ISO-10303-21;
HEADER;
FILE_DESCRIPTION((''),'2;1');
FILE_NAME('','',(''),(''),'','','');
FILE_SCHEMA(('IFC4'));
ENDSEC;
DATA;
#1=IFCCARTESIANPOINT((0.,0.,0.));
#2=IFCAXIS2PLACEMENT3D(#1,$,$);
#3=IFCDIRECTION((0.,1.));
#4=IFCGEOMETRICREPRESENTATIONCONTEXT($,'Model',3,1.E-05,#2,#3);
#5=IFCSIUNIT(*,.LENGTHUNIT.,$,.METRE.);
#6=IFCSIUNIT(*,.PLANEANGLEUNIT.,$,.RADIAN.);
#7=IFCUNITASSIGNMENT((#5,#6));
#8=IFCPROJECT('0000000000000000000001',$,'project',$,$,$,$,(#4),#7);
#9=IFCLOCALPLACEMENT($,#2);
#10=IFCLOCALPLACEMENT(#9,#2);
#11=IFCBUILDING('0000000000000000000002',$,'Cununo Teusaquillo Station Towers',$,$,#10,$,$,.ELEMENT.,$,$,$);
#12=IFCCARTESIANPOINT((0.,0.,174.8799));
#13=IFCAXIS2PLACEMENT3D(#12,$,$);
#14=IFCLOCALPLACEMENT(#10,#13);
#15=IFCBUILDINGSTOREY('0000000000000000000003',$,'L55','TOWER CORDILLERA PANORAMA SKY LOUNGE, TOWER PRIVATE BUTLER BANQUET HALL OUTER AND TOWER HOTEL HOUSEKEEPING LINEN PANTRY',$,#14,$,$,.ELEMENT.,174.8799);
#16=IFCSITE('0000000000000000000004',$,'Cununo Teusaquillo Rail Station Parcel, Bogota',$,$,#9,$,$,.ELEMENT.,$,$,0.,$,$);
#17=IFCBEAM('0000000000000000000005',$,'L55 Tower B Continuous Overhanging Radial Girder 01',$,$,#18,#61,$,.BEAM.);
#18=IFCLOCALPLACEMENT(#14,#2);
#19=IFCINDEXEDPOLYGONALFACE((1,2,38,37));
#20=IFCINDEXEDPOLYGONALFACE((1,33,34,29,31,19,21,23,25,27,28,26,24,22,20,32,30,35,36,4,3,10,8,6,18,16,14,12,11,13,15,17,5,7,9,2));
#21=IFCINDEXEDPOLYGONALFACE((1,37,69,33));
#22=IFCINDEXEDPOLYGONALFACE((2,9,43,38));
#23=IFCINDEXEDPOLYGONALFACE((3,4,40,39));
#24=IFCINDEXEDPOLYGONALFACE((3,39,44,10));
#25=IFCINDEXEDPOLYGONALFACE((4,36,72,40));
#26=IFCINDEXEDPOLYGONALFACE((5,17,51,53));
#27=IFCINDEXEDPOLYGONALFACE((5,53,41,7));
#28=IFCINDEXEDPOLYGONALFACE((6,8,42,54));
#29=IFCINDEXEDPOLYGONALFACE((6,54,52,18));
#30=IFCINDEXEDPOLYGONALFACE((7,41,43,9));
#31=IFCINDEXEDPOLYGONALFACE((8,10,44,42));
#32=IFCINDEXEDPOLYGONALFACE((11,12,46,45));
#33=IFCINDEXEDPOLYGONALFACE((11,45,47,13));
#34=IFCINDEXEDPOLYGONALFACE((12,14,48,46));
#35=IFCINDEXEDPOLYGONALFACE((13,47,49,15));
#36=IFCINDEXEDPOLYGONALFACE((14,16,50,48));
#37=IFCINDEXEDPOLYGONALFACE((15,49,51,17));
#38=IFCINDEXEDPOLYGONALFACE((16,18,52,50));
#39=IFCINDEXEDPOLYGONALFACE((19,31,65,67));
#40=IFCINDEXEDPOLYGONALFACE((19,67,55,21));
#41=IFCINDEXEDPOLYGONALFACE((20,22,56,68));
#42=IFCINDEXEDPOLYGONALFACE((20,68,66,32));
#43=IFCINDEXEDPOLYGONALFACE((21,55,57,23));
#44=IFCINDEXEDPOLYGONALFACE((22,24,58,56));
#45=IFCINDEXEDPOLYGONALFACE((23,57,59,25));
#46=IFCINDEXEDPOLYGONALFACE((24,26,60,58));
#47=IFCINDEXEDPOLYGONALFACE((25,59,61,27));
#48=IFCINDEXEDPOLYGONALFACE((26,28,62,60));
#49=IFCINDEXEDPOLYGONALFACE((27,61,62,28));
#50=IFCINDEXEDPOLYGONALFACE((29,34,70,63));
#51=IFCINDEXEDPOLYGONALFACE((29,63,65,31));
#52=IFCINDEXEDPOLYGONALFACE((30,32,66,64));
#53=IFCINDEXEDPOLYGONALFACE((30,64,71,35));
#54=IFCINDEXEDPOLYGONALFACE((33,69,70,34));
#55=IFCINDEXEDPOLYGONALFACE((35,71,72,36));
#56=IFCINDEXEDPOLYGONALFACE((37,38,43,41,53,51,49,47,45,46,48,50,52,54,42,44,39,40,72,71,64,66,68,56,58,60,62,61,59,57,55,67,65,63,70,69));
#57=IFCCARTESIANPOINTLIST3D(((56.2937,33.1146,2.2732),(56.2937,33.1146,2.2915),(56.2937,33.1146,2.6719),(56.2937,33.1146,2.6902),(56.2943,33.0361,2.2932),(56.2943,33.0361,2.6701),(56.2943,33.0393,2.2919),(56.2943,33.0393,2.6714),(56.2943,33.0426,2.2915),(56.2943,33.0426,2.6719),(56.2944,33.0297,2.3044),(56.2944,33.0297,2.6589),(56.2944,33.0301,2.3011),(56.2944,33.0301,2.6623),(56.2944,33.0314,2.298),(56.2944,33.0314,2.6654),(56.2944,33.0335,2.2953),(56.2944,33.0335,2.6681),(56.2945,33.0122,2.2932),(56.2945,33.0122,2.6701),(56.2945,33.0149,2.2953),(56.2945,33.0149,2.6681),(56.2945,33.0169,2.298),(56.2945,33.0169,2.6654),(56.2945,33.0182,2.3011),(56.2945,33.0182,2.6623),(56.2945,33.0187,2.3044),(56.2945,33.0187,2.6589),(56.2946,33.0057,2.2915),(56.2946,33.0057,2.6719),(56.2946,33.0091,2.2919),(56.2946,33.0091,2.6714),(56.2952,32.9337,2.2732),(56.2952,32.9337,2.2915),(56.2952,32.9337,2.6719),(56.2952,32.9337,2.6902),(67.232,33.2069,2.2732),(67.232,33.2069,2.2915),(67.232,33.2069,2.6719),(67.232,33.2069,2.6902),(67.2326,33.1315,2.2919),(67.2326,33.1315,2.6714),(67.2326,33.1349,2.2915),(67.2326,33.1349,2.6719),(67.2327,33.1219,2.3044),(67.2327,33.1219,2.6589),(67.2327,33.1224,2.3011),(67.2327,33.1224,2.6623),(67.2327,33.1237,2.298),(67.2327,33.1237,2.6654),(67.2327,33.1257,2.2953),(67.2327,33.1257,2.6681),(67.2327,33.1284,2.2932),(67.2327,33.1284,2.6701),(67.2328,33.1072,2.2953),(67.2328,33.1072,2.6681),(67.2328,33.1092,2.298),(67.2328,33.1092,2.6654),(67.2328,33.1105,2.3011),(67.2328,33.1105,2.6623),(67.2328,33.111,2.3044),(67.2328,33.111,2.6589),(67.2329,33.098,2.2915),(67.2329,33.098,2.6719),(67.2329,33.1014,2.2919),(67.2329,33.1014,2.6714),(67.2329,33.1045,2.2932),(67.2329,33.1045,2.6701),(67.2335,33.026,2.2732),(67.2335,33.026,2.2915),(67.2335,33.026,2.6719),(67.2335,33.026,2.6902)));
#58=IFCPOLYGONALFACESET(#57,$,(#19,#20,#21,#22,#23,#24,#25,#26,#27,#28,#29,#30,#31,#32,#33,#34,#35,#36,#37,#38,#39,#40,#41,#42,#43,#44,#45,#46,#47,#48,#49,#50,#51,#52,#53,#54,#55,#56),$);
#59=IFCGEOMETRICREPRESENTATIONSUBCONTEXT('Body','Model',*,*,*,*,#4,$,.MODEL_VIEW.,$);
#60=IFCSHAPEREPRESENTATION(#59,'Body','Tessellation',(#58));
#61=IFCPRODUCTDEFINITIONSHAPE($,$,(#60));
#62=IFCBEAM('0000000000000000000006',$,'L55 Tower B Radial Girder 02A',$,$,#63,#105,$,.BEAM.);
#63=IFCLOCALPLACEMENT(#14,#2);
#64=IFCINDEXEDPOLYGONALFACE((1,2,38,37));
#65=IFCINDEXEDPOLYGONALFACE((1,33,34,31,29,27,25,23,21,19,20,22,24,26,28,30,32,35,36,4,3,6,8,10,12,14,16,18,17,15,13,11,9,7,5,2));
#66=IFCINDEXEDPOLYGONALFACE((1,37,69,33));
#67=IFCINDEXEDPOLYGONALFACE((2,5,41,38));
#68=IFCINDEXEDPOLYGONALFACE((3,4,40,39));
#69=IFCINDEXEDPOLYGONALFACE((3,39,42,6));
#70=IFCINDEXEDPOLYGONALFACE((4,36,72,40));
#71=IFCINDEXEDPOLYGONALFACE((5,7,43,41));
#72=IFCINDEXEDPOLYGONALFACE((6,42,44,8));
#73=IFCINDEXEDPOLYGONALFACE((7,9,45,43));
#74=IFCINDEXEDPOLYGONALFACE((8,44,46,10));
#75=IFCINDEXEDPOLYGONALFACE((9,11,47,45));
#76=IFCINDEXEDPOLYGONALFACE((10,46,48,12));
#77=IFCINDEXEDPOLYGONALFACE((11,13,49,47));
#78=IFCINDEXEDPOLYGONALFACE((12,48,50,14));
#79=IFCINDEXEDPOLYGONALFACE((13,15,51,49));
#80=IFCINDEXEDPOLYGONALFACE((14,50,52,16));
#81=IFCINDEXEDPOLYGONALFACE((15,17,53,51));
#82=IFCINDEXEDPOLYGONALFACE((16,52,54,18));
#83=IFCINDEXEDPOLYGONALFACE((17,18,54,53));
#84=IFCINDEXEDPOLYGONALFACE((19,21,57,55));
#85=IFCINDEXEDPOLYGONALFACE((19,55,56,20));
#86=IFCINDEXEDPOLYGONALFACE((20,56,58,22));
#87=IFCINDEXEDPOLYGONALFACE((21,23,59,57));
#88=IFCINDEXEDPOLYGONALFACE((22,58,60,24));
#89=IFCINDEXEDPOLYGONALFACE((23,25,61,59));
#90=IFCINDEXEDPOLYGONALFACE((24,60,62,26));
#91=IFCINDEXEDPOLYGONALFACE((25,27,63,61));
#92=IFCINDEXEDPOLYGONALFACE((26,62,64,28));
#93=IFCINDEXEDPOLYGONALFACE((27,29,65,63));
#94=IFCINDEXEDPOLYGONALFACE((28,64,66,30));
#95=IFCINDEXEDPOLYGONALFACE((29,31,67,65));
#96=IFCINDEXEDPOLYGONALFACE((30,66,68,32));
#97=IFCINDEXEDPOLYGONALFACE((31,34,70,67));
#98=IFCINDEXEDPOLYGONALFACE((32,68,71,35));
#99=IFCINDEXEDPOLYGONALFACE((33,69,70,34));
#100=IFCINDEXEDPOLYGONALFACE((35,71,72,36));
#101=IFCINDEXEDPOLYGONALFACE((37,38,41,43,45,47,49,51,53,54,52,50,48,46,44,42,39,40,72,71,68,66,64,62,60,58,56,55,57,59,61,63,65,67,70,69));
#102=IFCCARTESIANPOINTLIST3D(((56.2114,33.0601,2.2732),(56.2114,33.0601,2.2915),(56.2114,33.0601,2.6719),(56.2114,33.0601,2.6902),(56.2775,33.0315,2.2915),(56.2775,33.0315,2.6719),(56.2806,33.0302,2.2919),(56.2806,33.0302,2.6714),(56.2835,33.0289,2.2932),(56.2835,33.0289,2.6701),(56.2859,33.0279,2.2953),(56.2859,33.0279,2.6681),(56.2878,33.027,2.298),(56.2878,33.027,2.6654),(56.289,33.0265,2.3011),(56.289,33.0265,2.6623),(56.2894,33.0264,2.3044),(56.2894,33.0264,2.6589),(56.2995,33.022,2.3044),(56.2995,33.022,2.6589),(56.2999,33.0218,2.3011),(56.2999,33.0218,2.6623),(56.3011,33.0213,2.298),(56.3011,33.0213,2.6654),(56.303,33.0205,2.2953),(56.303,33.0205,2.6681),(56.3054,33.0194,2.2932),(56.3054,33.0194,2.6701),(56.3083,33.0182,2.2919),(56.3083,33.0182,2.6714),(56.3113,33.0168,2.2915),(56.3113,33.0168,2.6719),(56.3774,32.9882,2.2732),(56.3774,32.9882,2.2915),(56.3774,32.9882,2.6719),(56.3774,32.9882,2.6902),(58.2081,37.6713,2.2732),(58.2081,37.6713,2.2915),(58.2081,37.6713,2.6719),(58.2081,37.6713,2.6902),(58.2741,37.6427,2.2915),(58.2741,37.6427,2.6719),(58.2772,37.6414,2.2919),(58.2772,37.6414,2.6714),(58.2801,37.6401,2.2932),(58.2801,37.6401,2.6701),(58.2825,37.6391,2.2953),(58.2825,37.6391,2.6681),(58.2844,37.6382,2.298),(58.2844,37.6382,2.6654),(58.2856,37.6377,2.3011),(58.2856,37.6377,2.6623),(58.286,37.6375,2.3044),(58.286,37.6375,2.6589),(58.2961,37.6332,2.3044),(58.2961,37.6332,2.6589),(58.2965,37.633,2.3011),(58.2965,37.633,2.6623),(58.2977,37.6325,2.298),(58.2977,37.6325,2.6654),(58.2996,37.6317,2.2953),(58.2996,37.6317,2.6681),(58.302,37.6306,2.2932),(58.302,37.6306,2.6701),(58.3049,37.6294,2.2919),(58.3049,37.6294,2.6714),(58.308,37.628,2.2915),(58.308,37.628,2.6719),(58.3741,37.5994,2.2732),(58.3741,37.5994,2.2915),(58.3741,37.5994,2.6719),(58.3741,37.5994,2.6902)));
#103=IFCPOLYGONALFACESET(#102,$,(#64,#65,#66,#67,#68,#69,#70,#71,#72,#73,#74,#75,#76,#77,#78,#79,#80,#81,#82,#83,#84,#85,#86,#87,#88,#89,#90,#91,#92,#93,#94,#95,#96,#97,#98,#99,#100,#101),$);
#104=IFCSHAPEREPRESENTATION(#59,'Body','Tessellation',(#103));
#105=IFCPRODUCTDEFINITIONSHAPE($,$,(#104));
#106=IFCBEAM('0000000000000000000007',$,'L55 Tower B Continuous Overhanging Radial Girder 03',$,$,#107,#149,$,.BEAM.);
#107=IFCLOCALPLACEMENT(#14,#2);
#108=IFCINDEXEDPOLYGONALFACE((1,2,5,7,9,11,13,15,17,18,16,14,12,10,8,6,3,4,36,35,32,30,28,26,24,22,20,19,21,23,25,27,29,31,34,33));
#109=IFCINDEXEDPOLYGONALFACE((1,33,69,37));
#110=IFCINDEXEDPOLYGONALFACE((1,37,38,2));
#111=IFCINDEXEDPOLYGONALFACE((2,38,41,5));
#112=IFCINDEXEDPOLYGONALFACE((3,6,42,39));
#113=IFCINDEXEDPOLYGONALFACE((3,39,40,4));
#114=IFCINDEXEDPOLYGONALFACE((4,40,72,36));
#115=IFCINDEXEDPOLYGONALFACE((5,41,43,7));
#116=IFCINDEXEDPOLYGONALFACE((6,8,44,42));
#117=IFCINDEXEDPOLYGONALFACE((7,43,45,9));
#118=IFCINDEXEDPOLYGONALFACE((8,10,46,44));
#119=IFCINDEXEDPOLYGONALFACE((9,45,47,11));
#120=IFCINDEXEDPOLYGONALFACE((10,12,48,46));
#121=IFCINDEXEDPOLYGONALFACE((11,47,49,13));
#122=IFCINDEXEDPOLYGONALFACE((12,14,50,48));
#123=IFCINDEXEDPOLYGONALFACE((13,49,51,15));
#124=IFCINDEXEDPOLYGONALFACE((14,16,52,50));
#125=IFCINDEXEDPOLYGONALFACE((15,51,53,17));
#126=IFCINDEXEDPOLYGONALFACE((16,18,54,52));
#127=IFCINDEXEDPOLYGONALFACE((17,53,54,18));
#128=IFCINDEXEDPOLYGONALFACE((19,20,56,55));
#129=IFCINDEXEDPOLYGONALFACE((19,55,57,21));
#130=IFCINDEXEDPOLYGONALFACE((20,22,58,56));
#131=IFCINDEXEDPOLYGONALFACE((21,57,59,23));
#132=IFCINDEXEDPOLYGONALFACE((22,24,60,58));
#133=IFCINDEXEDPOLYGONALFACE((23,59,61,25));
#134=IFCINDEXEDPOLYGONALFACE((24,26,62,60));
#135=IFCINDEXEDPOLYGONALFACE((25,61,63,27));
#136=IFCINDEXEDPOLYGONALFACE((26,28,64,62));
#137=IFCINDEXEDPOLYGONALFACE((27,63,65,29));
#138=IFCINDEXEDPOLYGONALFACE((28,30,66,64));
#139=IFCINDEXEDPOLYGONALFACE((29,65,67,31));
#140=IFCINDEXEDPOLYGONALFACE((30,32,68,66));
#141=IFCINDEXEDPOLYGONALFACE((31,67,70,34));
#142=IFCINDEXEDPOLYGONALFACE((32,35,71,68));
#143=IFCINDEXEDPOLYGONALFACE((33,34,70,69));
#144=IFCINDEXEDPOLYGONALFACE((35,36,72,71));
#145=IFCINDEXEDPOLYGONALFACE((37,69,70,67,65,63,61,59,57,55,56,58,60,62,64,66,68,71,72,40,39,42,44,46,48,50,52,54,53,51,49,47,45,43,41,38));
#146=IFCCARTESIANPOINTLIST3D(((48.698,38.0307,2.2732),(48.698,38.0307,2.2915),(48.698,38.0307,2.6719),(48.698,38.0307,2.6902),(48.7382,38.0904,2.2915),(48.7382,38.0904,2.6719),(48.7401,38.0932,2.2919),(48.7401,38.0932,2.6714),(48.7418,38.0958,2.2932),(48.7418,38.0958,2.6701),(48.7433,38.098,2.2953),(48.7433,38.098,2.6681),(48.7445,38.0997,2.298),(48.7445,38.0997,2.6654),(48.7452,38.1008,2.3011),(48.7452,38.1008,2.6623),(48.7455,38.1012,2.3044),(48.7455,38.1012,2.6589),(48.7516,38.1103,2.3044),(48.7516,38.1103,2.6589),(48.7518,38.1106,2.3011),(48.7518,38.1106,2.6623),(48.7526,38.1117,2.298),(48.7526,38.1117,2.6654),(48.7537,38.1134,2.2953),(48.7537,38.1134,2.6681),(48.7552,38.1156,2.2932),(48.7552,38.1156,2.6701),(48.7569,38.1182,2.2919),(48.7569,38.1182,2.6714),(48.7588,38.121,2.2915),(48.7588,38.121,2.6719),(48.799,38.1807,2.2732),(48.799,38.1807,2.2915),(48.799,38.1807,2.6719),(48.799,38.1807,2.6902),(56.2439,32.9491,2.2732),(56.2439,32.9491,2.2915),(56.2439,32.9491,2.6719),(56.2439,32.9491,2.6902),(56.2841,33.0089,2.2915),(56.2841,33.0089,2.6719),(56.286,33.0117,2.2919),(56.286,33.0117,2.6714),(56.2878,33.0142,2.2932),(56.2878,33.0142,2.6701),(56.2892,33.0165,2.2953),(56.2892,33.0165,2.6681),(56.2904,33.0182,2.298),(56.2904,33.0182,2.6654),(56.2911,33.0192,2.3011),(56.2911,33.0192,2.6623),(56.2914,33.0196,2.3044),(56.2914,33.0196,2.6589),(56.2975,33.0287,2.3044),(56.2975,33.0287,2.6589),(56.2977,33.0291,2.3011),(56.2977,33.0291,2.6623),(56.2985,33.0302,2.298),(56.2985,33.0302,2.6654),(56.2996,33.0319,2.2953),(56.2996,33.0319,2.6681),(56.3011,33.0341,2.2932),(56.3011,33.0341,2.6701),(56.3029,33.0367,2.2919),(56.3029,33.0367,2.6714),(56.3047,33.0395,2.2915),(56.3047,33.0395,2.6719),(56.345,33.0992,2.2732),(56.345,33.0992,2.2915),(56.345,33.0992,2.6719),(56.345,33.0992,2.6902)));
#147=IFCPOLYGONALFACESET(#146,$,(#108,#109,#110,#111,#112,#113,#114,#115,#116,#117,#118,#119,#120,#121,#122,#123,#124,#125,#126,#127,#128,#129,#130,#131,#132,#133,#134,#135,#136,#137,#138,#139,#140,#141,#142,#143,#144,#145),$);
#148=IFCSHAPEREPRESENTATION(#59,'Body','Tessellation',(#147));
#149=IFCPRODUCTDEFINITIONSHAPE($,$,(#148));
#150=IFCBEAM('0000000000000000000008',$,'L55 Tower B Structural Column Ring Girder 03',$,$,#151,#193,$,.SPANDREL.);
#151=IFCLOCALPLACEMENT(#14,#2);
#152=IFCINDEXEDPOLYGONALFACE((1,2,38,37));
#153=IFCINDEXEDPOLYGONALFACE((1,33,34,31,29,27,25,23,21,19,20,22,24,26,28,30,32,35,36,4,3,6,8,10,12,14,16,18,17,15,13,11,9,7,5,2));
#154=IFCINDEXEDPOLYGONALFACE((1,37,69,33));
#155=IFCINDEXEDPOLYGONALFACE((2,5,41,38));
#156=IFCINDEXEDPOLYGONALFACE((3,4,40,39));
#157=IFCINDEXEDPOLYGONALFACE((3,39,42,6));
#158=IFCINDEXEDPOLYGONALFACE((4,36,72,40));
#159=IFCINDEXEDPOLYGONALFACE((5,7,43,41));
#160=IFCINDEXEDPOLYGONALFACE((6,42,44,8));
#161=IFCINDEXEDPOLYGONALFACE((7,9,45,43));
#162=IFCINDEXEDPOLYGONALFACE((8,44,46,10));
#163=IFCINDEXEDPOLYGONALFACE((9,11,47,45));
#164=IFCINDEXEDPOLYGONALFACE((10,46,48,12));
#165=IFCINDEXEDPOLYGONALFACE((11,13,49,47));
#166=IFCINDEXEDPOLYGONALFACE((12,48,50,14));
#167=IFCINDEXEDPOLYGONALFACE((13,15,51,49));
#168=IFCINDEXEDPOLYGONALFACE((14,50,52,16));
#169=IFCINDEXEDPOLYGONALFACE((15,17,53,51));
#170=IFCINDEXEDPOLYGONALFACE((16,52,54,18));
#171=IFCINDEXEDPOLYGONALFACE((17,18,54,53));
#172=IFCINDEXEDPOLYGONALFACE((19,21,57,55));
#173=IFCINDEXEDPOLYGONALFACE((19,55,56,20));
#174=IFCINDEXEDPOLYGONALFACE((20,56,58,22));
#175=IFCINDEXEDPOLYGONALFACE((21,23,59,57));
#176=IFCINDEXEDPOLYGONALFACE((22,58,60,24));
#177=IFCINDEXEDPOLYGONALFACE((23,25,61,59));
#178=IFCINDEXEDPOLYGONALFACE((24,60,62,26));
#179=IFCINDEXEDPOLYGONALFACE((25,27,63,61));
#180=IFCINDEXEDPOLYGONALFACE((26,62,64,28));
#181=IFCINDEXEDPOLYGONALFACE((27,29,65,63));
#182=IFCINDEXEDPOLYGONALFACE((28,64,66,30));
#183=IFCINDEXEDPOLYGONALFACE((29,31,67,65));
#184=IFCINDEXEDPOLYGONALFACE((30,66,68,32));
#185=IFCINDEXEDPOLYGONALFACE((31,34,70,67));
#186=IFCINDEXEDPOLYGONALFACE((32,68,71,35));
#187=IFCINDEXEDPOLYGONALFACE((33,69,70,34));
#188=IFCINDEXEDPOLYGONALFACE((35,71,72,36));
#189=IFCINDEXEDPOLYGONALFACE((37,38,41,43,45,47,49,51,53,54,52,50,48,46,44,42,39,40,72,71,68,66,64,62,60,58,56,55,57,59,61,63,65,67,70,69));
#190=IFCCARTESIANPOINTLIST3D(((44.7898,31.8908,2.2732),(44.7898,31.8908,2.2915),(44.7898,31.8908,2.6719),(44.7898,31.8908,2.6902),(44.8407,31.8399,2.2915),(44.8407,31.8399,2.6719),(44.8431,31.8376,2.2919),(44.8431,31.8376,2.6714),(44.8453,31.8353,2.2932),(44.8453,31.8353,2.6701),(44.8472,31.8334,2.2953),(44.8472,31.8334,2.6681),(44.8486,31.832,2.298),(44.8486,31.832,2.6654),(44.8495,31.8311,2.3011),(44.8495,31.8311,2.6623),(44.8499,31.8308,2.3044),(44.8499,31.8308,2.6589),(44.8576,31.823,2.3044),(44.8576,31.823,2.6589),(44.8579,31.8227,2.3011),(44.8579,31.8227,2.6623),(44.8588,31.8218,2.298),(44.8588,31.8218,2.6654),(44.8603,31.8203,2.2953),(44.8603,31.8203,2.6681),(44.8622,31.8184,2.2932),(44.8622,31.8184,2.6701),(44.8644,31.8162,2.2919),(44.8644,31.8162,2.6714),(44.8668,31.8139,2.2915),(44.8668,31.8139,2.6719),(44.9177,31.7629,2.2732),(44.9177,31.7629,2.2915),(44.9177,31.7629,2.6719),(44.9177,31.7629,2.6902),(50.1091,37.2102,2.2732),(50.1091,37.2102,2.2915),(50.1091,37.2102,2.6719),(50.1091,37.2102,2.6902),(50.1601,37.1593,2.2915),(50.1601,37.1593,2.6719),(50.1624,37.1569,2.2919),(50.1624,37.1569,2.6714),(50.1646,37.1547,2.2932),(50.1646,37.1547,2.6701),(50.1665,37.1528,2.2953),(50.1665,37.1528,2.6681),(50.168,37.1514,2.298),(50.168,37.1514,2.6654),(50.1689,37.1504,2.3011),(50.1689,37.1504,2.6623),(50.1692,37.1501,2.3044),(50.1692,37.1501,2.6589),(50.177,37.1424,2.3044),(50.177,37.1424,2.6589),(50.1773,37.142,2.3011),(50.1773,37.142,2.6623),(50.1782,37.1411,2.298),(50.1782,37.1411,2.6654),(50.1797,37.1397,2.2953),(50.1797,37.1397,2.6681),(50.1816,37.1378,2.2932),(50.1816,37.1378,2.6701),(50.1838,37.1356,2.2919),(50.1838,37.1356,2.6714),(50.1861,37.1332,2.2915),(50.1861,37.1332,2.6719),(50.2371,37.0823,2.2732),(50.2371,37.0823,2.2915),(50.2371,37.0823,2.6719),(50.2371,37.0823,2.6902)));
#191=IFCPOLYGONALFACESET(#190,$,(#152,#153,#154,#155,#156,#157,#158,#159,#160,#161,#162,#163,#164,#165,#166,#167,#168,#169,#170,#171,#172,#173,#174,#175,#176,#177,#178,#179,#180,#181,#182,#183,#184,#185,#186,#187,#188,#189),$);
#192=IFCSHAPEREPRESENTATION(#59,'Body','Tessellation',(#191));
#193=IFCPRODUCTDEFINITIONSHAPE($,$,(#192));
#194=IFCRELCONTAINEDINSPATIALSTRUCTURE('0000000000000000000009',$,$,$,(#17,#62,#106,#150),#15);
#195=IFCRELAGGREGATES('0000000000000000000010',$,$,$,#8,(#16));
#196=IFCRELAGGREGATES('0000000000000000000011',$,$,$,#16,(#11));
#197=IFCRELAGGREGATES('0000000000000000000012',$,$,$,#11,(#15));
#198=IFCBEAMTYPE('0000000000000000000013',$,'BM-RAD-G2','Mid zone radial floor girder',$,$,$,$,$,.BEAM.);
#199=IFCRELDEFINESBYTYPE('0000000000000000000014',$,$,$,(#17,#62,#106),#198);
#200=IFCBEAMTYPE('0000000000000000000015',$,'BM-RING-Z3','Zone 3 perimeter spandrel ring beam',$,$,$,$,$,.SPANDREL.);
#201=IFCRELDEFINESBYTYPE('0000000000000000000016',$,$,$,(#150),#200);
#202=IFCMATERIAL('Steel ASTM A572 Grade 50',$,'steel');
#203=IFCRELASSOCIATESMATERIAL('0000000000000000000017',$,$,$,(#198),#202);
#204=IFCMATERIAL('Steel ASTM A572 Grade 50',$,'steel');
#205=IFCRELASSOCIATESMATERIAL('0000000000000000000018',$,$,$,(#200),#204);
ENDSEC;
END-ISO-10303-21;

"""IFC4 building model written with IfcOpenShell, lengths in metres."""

from ifc_helpers import new_model, si_unit, direction, frame, origin, origin_2d, place, context, subcontext, project, spatial, i_section, extrude, material, material_profile, profile_set, type_object, element, save


model = new_model("IFC4")

# Units and contexts
model_context = context("Model", 3, precision=1e-05, world=origin(), true_north=direction((0.0, 1.0)))
body_context = subcontext(model_context, "Body", "Model", "MODEL_VIEW")
ifc_project = project(units=[si_unit("LENGTHUNIT", "METRE"), si_unit("PLANEANGLEUNIT", "RADIAN")], contexts=[model_context])

# Site, building, storey
site_placement = place(None, origin())
site = spatial("IfcSite", under=ifc_project, at=site_placement, Name="Cununo Teusaquillo Rail Station Parcel, Bogota", CompositionType="ELEMENT", RefElevation=0.0)
building_placement = place(site_placement, origin())
building = spatial("IfcBuilding", under=site, at=building_placement, Name="Cununo Teusaquillo Station Towers", CompositionType="ELEMENT")
storey_placement = place(building_placement, frame((0.0, 0.0, 174.8799)))
storey = spatial("IfcBuildingStorey", under=building, at=storey_placement, Name="L55", Description="TOWER CORDILLERA PANORAMA SKY LOUNGE, TOWER PRIVATE BUTLER BANQUET HALL OUTER AND TOWER HOTEL HOUSEKEEPING LINEN PANTRY", CompositionType="ELEMENT", Elevation=174.8799)

# Beams
ifc_material_1 = material(Name="Steel ASTM A572 Grade 50", Category="steel")
ifc_material_profile_1 = material_profile(ifc_material_1, i_section(OverallWidth=0.1809, OverallDepth=0.417, WebThickness=0.011, FlangeThickness=0.0183, FilletRadius=0.0129, at=origin_2d()), Name="W16X57")
ifc_profile_set_1 = profile_set([ifc_material_profile_1], Name="Steel ASTM A572 Grade 50")
beam_type_1 = type_object("IfcBeamType", Name="BM-RAD-G2", Description="Mid zone radial floor girder", PredefinedType="BEAM", material=ifc_profile_set_1)
beam_1_placement = place(storey_placement, frame((56.2944, 33.0242, 2.4817), z_axis=(0.999964, 0.008437, 0.0), x_axis=(-0.008437, 0.999964, 0.0)))
element("IfcBeam", 1, at=beam_1_placement, inside=storey, type_object=beam_type_1, Name="L55 Tower B Continuous Overhanging Radial Girder 01", PredefinedType="BEAM", context=body_context, shape_type="SweptSolid", body=[
    extrude(i_section(OverallWidth=0.1809, OverallDepth=0.417, WebThickness=0.011, FlangeThickness=0.0183, FilletRadius=0.0129, at=origin_2d()), origin(), (0.0, 0.0, 1.0), 10.9387),
])
beam_2_placement = place(storey_placement, frame((56.2944, 33.0242, 2.4817), z_axis=(0.397347, 0.917668, 0.0), x_axis=(-0.917668, 0.397347, 0.0)))
element("IfcBeam", 2, at=beam_2_placement, inside=storey, type_object=beam_type_1, Name="L55 Tower B Radial Girder 02A", PredefinedType="BEAM", context=body_context, shape_type="SweptSolid", body=[
    extrude(i_section(OverallWidth=0.1809, OverallDepth=0.417, WebThickness=0.011, FlangeThickness=0.0183, FilletRadius=0.0129, at=origin_2d()), origin(), (0.0, 0.0, 1.0), 5.0249),
])
beam_3_placement = place(storey_placement, frame((56.2944, 33.0242, 2.4817), z_axis=(-0.829457, 0.558571, 0.0), x_axis=(-0.558571, -0.829457, 0.0)))
element("IfcBeam", 3, at=beam_3_placement, inside=storey, type_object=beam_type_1, Name="L55 Tower B Continuous Overhanging Radial Girder 03", PredefinedType="BEAM", context=body_context, shape_type="SweptSolid", body=[
    extrude(i_section(OverallWidth=0.1809, OverallDepth=0.417, WebThickness=0.011, FlangeThickness=0.0183, FilletRadius=0.0129, at=origin_2d()), origin(), (0.0, 0.0, 1.0), 9.0974),
])
ifc_material_2 = material(Name="Steel ASTM A572 Grade 50", Category="steel")
ifc_material_profile_2 = material_profile(ifc_material_2, i_section(OverallWidth=0.1809, OverallDepth=0.417, WebThickness=0.011, FlangeThickness=0.0183, FilletRadius=0.0129, at=origin_2d()), Name="W16X57")
ifc_profile_set_2 = profile_set([ifc_material_profile_2], Name="Steel ASTM A572 Grade 50")
beam_type_2 = type_object("IfcBeamType", Name="BM-RING-Z3", Description="Zone 3 perimeter spandrel ring beam", PredefinedType="SPANDREL", material=ifc_profile_set_2)
beam_4_placement = place(storey_placement, frame((50.1731, 37.1462, 2.4817), z_axis=(-0.707107, -0.707107, 0.0), x_axis=(0.707107, -0.707107, 0.0)))
element("IfcBeam", 4, at=beam_4_placement, inside=storey, type_object=beam_type_2, Name="L55 Tower B Structural Column Ring Girder 03", PredefinedType="SPANDREL", context=body_context, shape_type="SweptSolid", body=[
    extrude(i_section(OverallWidth=0.1809, OverallDepth=0.417, WebThickness=0.011, FlangeThickness=0.0183, FilletRadius=0.0129, at=origin_2d()), origin(), (0.0, 0.0, 1.0), 7.5227),
])

save(model, "model.ifc")
